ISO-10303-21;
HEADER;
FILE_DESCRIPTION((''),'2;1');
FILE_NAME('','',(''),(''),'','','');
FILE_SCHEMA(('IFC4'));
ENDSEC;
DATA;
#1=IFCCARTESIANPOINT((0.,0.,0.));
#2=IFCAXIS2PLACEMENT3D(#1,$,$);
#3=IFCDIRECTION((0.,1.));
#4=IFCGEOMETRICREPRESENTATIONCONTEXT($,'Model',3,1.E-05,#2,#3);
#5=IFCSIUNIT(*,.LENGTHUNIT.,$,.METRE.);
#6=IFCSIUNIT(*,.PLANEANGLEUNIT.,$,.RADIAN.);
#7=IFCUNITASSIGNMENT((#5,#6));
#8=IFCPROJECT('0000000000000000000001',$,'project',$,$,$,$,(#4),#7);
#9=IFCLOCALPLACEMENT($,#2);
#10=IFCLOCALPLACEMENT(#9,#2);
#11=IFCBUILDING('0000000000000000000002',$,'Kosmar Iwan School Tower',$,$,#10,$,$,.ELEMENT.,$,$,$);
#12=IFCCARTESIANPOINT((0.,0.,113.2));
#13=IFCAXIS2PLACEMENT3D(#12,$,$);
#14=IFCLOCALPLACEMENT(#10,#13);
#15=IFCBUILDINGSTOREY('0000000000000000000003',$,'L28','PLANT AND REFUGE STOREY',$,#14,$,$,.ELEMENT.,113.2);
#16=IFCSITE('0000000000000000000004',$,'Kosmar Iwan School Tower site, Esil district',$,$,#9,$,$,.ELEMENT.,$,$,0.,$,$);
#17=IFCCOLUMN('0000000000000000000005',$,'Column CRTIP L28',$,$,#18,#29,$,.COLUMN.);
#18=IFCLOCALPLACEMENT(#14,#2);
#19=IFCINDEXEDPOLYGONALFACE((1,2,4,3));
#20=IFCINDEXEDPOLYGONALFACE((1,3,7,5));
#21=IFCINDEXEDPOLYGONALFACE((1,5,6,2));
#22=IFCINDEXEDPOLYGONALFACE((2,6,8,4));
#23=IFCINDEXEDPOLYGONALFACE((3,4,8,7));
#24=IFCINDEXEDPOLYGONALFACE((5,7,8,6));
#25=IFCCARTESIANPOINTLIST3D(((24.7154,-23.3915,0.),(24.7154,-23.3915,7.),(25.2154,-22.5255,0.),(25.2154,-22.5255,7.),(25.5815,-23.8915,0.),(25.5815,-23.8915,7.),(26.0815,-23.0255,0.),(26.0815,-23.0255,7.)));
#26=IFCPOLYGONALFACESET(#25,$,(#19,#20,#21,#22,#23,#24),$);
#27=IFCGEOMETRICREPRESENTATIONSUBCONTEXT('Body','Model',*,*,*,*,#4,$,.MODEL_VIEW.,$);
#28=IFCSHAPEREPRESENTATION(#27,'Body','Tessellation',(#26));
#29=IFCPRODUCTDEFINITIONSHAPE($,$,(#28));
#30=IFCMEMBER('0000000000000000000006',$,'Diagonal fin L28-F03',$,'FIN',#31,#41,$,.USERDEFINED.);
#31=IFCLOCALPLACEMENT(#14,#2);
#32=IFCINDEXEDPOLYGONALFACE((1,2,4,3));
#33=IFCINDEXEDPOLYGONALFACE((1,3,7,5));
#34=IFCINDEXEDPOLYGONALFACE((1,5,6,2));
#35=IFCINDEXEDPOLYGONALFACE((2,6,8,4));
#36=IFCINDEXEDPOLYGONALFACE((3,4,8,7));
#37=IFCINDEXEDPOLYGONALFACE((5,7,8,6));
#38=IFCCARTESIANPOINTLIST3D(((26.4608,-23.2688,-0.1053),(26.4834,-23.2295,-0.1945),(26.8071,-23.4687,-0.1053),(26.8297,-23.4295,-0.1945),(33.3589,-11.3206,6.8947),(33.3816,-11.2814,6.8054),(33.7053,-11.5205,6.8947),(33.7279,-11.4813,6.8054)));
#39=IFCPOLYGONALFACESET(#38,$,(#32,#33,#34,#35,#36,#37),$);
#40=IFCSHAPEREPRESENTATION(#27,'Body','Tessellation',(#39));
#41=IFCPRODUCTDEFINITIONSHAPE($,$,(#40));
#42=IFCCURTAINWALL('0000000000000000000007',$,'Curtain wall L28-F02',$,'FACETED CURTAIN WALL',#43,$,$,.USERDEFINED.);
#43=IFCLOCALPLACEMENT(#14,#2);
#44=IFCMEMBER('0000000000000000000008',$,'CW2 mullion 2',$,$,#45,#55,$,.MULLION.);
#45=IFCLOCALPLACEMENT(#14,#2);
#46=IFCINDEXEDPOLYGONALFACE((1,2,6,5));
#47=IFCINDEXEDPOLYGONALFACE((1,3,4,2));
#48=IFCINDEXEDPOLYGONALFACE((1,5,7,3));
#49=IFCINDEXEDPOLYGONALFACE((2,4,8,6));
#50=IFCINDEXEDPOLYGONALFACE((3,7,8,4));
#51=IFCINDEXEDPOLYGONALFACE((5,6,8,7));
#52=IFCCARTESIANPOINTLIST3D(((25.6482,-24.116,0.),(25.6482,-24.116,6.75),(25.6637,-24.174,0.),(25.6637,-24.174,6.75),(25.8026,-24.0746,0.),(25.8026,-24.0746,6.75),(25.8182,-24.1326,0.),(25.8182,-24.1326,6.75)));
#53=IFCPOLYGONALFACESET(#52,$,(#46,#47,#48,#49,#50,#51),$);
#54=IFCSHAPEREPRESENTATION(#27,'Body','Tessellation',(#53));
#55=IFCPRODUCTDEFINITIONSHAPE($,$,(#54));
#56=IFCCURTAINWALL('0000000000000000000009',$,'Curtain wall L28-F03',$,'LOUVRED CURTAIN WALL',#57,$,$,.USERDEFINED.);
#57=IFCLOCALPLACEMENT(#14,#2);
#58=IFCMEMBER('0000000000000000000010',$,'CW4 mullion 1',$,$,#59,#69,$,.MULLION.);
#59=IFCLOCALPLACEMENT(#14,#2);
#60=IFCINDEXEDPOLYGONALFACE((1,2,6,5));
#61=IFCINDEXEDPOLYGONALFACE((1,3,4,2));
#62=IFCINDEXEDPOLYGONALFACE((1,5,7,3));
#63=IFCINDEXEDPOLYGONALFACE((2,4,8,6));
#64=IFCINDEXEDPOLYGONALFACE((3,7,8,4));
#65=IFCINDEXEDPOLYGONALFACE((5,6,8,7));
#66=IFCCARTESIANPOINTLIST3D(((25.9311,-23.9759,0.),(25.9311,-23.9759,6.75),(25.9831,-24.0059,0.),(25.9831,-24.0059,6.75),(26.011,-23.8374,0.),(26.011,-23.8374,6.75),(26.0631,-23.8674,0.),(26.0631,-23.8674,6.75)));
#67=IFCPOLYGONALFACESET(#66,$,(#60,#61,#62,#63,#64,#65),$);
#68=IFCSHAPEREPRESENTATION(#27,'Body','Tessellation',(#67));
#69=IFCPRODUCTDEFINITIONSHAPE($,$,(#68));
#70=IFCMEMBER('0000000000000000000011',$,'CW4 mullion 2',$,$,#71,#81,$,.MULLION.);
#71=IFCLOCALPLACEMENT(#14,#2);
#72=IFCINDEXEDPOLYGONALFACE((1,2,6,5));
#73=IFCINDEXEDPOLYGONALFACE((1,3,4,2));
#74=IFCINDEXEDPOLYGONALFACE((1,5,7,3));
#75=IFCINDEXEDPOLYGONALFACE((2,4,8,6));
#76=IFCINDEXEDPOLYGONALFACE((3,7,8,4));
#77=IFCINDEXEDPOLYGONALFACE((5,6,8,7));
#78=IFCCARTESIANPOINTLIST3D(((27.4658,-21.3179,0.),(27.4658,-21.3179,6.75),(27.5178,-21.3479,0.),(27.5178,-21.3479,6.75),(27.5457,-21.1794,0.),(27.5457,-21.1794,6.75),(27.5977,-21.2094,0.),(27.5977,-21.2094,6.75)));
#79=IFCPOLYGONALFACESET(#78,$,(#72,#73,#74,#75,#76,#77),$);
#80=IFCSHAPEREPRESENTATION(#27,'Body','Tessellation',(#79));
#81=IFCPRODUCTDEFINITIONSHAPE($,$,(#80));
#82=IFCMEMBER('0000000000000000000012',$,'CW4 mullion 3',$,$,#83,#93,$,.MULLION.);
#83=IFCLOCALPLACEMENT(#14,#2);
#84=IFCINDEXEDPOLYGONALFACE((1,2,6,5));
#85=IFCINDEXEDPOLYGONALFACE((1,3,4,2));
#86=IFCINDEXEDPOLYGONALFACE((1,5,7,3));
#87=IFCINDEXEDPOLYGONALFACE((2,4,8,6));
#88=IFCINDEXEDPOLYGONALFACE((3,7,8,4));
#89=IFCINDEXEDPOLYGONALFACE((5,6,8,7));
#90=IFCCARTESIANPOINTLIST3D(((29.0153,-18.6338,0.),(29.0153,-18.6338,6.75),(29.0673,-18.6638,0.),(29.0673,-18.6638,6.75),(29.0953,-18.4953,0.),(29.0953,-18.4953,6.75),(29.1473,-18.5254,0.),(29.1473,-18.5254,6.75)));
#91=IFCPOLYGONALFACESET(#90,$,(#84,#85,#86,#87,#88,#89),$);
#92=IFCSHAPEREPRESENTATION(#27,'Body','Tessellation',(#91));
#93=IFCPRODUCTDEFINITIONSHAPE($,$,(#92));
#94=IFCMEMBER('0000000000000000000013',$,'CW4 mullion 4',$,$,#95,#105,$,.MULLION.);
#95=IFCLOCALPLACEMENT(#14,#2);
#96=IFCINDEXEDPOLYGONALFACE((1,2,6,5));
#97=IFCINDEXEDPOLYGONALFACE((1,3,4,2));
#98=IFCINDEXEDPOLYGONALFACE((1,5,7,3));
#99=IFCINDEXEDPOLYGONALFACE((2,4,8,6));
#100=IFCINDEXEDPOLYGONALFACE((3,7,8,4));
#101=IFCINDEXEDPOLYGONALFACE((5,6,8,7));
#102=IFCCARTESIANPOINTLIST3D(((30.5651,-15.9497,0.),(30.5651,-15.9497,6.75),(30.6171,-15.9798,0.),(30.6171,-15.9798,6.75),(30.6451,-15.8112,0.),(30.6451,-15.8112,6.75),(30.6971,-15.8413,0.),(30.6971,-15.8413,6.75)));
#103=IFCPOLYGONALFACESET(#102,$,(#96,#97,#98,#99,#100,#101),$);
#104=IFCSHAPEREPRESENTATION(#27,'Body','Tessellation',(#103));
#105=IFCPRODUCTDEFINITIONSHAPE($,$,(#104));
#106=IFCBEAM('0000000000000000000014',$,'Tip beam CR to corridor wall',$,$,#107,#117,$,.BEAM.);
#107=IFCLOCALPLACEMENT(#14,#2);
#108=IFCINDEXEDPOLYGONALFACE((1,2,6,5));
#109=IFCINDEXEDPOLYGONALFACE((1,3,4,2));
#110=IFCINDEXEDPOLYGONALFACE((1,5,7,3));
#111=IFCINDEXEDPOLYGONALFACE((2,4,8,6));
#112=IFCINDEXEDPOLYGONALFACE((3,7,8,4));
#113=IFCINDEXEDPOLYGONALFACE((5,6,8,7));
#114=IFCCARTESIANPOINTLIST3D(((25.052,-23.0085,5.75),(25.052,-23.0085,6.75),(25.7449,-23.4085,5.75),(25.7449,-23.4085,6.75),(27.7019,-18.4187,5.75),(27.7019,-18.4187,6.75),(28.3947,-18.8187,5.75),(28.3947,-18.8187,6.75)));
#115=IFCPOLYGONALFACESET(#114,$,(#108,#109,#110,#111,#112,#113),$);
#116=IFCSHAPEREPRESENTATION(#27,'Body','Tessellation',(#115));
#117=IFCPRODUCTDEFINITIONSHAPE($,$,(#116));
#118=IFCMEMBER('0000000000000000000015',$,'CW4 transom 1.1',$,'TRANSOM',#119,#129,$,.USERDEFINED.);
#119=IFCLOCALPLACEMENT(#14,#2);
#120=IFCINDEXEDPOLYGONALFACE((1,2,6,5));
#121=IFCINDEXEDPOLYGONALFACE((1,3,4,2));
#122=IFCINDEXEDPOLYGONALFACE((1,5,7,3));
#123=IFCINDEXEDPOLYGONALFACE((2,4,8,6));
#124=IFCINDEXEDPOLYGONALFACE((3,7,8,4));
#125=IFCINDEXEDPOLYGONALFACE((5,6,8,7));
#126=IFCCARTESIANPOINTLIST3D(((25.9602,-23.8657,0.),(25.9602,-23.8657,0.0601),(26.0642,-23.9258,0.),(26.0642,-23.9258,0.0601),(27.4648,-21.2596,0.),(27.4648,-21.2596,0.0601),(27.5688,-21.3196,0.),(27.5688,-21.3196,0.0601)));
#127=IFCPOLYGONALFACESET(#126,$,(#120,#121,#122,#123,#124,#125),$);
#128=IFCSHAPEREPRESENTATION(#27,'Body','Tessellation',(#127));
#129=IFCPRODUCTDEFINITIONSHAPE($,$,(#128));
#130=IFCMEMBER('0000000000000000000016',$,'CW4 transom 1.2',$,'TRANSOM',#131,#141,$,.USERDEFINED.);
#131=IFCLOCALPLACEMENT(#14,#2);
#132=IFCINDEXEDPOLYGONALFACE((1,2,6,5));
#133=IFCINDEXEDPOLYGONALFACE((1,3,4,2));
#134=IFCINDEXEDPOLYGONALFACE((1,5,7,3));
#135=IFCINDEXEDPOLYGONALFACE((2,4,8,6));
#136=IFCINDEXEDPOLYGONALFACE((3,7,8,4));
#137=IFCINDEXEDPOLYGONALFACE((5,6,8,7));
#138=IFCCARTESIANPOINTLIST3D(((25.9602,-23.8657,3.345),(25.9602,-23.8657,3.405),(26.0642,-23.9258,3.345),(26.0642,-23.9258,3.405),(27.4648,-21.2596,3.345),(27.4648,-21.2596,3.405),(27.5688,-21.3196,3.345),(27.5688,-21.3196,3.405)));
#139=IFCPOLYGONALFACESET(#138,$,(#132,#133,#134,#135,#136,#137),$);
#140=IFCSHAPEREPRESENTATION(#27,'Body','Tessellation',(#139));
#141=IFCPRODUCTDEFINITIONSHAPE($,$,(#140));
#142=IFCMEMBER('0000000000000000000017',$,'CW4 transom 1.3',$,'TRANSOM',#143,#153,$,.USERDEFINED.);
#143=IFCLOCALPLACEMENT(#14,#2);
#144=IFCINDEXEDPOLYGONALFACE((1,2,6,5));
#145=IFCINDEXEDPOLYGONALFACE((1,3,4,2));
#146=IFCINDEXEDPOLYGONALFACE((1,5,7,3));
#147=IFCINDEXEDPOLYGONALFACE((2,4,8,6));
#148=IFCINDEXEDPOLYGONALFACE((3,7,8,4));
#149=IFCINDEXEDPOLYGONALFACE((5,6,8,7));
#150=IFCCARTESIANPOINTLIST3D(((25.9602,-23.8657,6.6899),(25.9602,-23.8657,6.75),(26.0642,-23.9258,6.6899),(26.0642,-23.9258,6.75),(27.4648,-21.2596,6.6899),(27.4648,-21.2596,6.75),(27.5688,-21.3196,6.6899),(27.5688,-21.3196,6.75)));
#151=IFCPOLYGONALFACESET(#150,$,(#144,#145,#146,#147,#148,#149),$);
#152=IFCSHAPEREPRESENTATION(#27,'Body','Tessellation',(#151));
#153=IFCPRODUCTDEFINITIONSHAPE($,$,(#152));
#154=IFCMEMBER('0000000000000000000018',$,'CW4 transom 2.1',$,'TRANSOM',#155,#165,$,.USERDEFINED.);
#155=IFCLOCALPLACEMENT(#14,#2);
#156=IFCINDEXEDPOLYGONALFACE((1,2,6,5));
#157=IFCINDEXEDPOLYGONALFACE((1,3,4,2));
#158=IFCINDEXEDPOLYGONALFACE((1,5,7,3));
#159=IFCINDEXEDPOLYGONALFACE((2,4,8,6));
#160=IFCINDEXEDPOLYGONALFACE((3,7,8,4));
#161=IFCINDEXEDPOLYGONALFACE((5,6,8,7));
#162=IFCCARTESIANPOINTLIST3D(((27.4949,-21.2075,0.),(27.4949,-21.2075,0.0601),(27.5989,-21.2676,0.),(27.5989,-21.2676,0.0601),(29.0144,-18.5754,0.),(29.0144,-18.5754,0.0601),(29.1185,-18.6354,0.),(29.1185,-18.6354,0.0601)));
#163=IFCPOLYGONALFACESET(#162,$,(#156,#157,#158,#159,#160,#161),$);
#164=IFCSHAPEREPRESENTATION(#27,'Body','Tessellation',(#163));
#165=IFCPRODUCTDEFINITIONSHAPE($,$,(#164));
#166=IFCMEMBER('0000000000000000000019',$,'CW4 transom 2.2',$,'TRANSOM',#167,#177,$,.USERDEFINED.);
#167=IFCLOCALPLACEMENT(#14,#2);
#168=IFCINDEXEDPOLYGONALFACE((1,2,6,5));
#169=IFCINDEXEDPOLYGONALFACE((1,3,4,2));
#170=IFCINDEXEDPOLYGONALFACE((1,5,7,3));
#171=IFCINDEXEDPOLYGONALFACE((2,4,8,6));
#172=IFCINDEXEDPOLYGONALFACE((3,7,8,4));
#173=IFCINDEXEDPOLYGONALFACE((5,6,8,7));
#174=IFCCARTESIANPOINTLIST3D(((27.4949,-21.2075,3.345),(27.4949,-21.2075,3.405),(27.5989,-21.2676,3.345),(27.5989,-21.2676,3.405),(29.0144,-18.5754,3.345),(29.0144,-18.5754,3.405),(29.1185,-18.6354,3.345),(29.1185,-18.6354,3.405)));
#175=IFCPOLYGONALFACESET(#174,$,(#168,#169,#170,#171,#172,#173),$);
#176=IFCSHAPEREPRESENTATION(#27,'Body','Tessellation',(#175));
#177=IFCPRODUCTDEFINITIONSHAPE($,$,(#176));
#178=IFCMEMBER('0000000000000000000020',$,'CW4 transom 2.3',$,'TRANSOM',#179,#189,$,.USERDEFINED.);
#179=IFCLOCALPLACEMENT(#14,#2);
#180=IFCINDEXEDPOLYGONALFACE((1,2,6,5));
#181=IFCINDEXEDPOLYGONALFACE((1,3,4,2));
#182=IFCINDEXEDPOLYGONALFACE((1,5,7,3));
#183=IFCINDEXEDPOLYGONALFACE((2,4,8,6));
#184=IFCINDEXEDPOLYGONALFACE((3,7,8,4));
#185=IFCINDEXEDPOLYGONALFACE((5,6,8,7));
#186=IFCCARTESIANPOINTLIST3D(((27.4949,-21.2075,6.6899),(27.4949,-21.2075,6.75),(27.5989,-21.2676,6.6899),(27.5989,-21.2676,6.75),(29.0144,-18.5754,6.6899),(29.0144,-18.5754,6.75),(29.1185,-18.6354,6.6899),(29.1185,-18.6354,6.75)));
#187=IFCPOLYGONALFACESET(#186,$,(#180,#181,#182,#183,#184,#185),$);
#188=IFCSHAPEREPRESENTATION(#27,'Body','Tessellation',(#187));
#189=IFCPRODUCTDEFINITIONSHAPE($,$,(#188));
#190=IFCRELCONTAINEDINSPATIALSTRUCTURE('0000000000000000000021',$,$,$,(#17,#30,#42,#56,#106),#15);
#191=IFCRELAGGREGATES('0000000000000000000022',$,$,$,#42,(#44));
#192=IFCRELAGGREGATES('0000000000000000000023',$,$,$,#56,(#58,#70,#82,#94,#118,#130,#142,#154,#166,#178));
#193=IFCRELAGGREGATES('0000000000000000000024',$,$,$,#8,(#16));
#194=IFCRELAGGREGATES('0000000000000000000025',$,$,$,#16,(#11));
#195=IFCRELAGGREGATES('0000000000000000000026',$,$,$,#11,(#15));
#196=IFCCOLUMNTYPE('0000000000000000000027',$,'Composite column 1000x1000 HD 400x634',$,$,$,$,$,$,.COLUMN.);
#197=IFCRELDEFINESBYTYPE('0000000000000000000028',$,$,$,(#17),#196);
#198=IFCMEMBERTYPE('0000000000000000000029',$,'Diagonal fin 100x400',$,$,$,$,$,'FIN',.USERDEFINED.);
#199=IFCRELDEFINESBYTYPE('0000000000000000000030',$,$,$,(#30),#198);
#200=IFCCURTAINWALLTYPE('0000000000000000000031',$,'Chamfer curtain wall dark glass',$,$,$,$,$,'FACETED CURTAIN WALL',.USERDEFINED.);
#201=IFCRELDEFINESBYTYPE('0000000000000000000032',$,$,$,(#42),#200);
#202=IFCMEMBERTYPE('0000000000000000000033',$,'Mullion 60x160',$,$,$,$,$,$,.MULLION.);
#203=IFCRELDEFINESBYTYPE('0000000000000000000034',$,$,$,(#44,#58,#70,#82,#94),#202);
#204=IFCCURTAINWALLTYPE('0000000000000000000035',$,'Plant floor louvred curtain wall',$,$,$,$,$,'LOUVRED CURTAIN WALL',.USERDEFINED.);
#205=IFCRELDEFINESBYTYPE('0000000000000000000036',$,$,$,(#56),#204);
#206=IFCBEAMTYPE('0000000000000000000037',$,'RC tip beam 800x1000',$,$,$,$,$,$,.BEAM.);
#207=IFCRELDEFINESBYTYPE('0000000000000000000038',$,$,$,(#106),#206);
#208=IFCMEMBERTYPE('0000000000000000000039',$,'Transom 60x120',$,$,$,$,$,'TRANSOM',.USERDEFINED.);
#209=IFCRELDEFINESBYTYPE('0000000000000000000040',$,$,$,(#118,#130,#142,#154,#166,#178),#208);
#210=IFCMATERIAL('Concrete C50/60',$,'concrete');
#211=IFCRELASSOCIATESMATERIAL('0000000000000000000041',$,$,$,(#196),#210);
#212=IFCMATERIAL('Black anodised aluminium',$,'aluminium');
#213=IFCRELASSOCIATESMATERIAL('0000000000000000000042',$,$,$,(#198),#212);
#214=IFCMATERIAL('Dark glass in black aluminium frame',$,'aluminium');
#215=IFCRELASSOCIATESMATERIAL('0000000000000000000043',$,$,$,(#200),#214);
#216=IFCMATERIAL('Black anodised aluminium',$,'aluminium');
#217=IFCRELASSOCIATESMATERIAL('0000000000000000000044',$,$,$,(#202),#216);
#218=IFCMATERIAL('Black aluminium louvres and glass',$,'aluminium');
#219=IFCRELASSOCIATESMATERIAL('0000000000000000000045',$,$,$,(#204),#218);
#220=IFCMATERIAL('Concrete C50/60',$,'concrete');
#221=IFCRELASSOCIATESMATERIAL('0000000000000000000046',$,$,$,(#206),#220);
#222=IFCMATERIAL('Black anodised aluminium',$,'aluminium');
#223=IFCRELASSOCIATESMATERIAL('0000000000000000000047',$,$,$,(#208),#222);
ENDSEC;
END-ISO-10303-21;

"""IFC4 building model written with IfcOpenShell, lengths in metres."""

from ifc_helpers import new_model, si_unit, direction, frame, origin, origin_2d, place, context, subcontext, project, spatial, rectangle, extrude, material, material_profile, profile_set, type_object, element, aggregate, save


model = new_model("IFC4")

# Units and contexts
model_context = context("Model", 3, precision=1e-05, world=origin(), true_north=direction((0.0, 1.0)))
body_context = subcontext(model_context, "Body", "Model", "MODEL_VIEW")
ifc_project = project(units=[si_unit("LENGTHUNIT", "METRE"), si_unit("PLANEANGLEUNIT", "RADIAN")], contexts=[model_context])

# Site, building, storey
site_placement = place(None, origin())
site = spatial("IfcSite", under=ifc_project, at=site_placement, Name="Kosmar Iwan School Tower site, Esil district", CompositionType="ELEMENT", RefElevation=0.0)
building_placement = place(site_placement, origin())
building = spatial("IfcBuilding", under=site, at=building_placement, Name="Kosmar Iwan School Tower", CompositionType="ELEMENT")
storey_placement = place(building_placement, frame((0.0, 0.0, 113.2)))
storey = spatial("IfcBuildingStorey", under=building, at=storey_placement, Name="L28", Description="PLANT AND REFUGE STOREY", CompositionType="ELEMENT", Elevation=113.2)

# Column
ifc_material_1 = material(Name="Concrete C50/60", Category="concrete")
ifc_material_profile_1 = material_profile(ifc_material_1, rectangle(XDim=1.0, YDim=1.0, at=origin_2d()), Name="RC 1000x1000 + HD 400x634")
ifc_profile_set_1 = profile_set([ifc_material_profile_1], Name="Concrete C50/60")
column_type = type_object("IfcColumnType", Name="Composite column 1000x1000 HD 400x634", PredefinedType="COLUMN", material=ifc_profile_set_1)
column_placement = place(storey_placement, frame((25.3984, -23.2085, 0.0), z_axis=(0.0, 0.0, 1.0), x_axis=(0.866025, -0.5, 0.0)))
element("IfcColumn", 1, at=column_placement, inside=storey, type_object=column_type, Name="Column CRTIP L28", PredefinedType="COLUMN", context=body_context, shape_type="SweptSolid", body=[
    extrude(rectangle(XDim=1.0, YDim=1.0, at=origin_2d()), origin(), (0.0, 0.0, 1.0), 7.0),
])

# Member
ifc_material_2 = material(Name="Black anodised aluminium", Category="aluminium")
ifc_material_profile_2 = material_profile(ifc_material_2, rectangle(XDim=0.1001, YDim=0.3999, at=origin_2d()), Name="FIN 100x400")
ifc_profile_set_2 = profile_set([ifc_material_profile_2], Name="Black anodised aluminium")
member_type_1 = type_object("IfcMemberType", Name="Diagonal fin 100x400", ElementType="FIN", PredefinedType="USERDEFINED", material=ifc_profile_set_2)
member_1_placement = place(storey_placement, frame((26.6453, -23.3491, -0.1499), z_axis=(0.445885, 0.772309, 0.452465), x_axis=(-0.22623, -0.391848, 0.891782)))
element("IfcMember", 2, at=member_1_placement, inside=storey, type_object=member_type_1, Name="Diagonal fin L28-F03", ObjectType="FIN", PredefinedType="USERDEFINED", context=body_context, shape_type="SweptSolid", body=[
    extrude(rectangle(XDim=0.1001, YDim=0.3999, at=origin_2d()), origin(), (0.0, 0.0, 1.0), 15.4707),
])

# Curtain wall, member
ifc_material_3 = material(Name="Dark glass in black aluminium frame", Category="aluminium")
curtain_wall_type_1 = type_object("IfcCurtainWallType", Name="Chamfer curtain wall dark glass", ElementType="FACETED CURTAIN WALL", PredefinedType="USERDEFINED", material=ifc_material_3)
curtain_wall_1_placement = place(storey_placement, origin())
curtain_wall_1 = element("IfcCurtainWall", 3, at=curtain_wall_1_placement, inside=storey, type_object=curtain_wall_type_1, Name="Curtain wall L28-F02", ObjectType="FACETED CURTAIN WALL", PredefinedType="USERDEFINED")
ifc_material_4 = material(Name="Black anodised aluminium", Category="aluminium")
ifc_material_profile_3 = material_profile(ifc_material_4, rectangle(XDim=0.0601, YDim=0.1599, at=origin_2d()), Name="MULLION 60x160")
ifc_profile_set_3 = profile_set([ifc_material_profile_3], Name="Black anodised aluminium")
member_type_2 = type_object("IfcMemberType", Name="Mullion 60x160", PredefinedType="MULLION", material=ifc_profile_set_3)
member_2_placement = place(storey_placement, frame((25.7332, -24.1243, 0.0), z_axis=(0.0, 0.0, 1.0), x_axis=(-0.258819, 0.965926, 0.0)))
member_2 = element("IfcMember", 4, at=member_2_placement, type_object=member_type_2, Name="CW2 mullion 2", PredefinedType="MULLION", context=body_context, shape_type="SweptSolid", body=[
    extrude(rectangle(XDim=0.0601, YDim=0.1599, at=origin_2d()), origin(), (0.0, 0.0, 1.0), 6.75),
])
aggregate(curtain_wall_1, [member_2])

# Curtain wall, members
ifc_material_5 = material(Name="Black aluminium louvres and glass", Category="aluminium")
curtain_wall_type_2 = type_object("IfcCurtainWallType", Name="Plant floor louvred curtain wall", ElementType="LOUVRED CURTAIN WALL", PredefinedType="USERDEFINED", material=ifc_material_5)
curtain_wall_2_placement = place(storey_placement, origin())
curtain_wall_2 = element("IfcCurtainWall", 5, at=curtain_wall_2_placement, inside=storey, type_object=curtain_wall_type_2, Name="Curtain wall L28-F03", ObjectType="LOUVRED CURTAIN WALL", PredefinedType="USERDEFINED")
member_3_placement = place(storey_placement, frame((25.9971, -23.9216, 0.0), z_axis=(0.0, 0.0, 1.0), x_axis=(-0.866025, 0.5, 0.0)))
member_3 = element("IfcMember", 6, at=member_3_placement, type_object=member_type_2, Name="CW4 mullion 1", PredefinedType="MULLION", context=body_context, shape_type="SweptSolid", body=[
    extrude(rectangle(XDim=0.0601, YDim=0.1599, at=origin_2d()), origin(), (0.0, 0.0, 1.0), 6.75),
])
member_4_placement = place(storey_placement, frame((27.5317, -21.2637, 0.0), z_axis=(0.0, 0.0, 1.0), x_axis=(-0.866025, 0.5, 0.0)))
member_4 = element("IfcMember", 7, at=member_4_placement, type_object=member_type_2, Name="CW4 mullion 2", PredefinedType="MULLION", context=body_context, shape_type="SweptSolid", body=[
    extrude(rectangle(XDim=0.0601, YDim=0.1599, at=origin_2d()), origin(), (0.0, 0.0, 1.0), 6.75),
])
member_5_placement = place(storey_placement, frame((29.0813, -18.5796, 0.0), z_axis=(0.0, 0.0, 1.0), x_axis=(-0.866025, 0.5, 0.0)))
member_5 = element("IfcMember", 8, at=member_5_placement, type_object=member_type_2, Name="CW4 mullion 3", PredefinedType="MULLION", context=body_context, shape_type="SweptSolid", body=[
    extrude(rectangle(XDim=0.0601, YDim=0.1599, at=origin_2d()), origin(), (0.0, 0.0, 1.0), 6.75),
])
member_6_placement = place(storey_placement, frame((30.6311, -15.8955, 0.0), z_axis=(0.0, 0.0, 1.0), x_axis=(-0.866025, 0.5, 0.0)))
member_6 = element("IfcMember", 9, at=member_6_placement, type_object=member_type_2, Name="CW4 mullion 4", PredefinedType="MULLION", context=body_context, shape_type="SweptSolid", body=[
    extrude(rectangle(XDim=0.0601, YDim=0.1599, at=origin_2d()), origin(), (0.0, 0.0, 1.0), 6.75),
])

# Beam
ifc_material_6 = material(Name="Concrete C50/60", Category="concrete")
ifc_material_profile_4 = material_profile(ifc_material_6, rectangle(XDim=0.8, YDim=1.0, at=origin_2d()), Name="RC 800x1000")
ifc_profile_set_4 = profile_set([ifc_material_profile_4], Name="Concrete C50/60")
beam_type = type_object("IfcBeamType", Name="RC tip beam 800x1000", PredefinedType="BEAM", material=ifc_profile_set_4)
beam_placement = place(storey_placement, frame((25.3984, -23.2085, 6.25), z_axis=(0.499994, 0.866029, 0.0), x_axis=(-0.866029, 0.499994, 0.0)))
element("IfcBeam", 10, at=beam_placement, inside=storey, type_object=beam_type, Name="Tip beam CR to corridor wall", PredefinedType="BEAM", context=body_context, shape_type="SweptSolid", body=[
    extrude(rectangle(XDim=0.8, YDim=1.0, at=origin_2d()), origin(), (0.0, 0.0, 1.0), 5.2998),
])

# Members
ifc_material_7 = material(Name="Black anodised aluminium", Category="aluminium")
ifc_material_profile_5 = material_profile(ifc_material_7, rectangle(XDim=0.1201, YDim=0.0601, at=origin_2d()), Name="TRANSOM 60x120")
ifc_profile_set_5 = profile_set([ifc_material_profile_5], Name="Black anodised aluminium")
member_type_3 = type_object("IfcMemberType", Name="Transom 60x120", ElementType="TRANSOM", PredefinedType="USERDEFINED", material=ifc_profile_set_5)
member_7_placement = place(storey_placement, frame((26.0122, -23.8958, 0.03), z_axis=(0.499987, 0.866033, 0.0), x_axis=(-0.866033, 0.499987, 0.0)))
member_7 = element("IfcMember", 11, at=member_7_placement, type_object=member_type_3, Name="CW4 transom 1.1", ObjectType="TRANSOM", PredefinedType="USERDEFINED", context=body_context, shape_type="SweptSolid", body=[
    extrude(rectangle(XDim=0.1201, YDim=0.0601, at=origin_2d()), origin(), (0.0, 0.0, 1.0), 3.0093),
])
member_8_placement = place(storey_placement, frame((26.0122, -23.8958, 3.375), z_axis=(0.499987, 0.866033, 0.0), x_axis=(-0.866033, 0.499987, 0.0)))
member_8 = element("IfcMember", 12, at=member_8_placement, type_object=member_type_3, Name="CW4 transom 1.2", ObjectType="TRANSOM", PredefinedType="USERDEFINED", context=body_context, shape_type="SweptSolid", body=[
    extrude(rectangle(XDim=0.1201, YDim=0.0601, at=origin_2d()), origin(), (0.0, 0.0, 1.0), 3.0093),
])
member_9_placement = place(storey_placement, frame((26.0122, -23.8958, 6.72), z_axis=(0.499987, 0.866033, 0.0), x_axis=(-0.866033, 0.499987, 0.0)))
member_9 = element("IfcMember", 13, at=member_9_placement, type_object=member_type_3, Name="CW4 transom 1.3", ObjectType="TRANSOM", PredefinedType="USERDEFINED", context=body_context, shape_type="SweptSolid", body=[
    extrude(rectangle(XDim=0.1201, YDim=0.0601, at=origin_2d()), origin(), (0.0, 0.0, 1.0), 3.0093),
])
member_10_placement = place(storey_placement, frame((27.5469, -21.2375, 0.03), z_axis=(0.499975, 0.86604, 0.0), x_axis=(-0.86604, 0.499975, 0.0)))
member_10 = element("IfcMember", 14, at=member_10_placement, type_object=member_type_3, Name="CW4 transom 2.1", ObjectType="TRANSOM", PredefinedType="USERDEFINED", context=body_context, shape_type="SweptSolid", body=[
    extrude(rectangle(XDim=0.1201, YDim=0.0601, at=origin_2d()), origin(), (0.0, 0.0, 1.0), 3.0393),
])
member_11_placement = place(storey_placement, frame((27.5469, -21.2375, 3.375), z_axis=(0.499975, 0.86604, 0.0), x_axis=(-0.86604, 0.499975, 0.0)))
member_11 = element("IfcMember", 15, at=member_11_placement, type_object=member_type_3, Name="CW4 transom 2.2", ObjectType="TRANSOM", PredefinedType="USERDEFINED", context=body_context, shape_type="SweptSolid", body=[
    extrude(rectangle(XDim=0.1201, YDim=0.0601, at=origin_2d()), origin(), (0.0, 0.0, 1.0), 3.0393),
])
member_12_placement = place(storey_placement, frame((27.5469, -21.2375, 6.72), z_axis=(0.499975, 0.86604, 0.0), x_axis=(-0.86604, 0.499975, 0.0)))
member_12 = element("IfcMember", 16, at=member_12_placement, type_object=member_type_3, Name="CW4 transom 2.3", ObjectType="TRANSOM", PredefinedType="USERDEFINED", context=body_context, shape_type="SweptSolid", body=[
    extrude(rectangle(XDim=0.1201, YDim=0.0601, at=origin_2d()), origin(), (0.0, 0.0, 1.0), 3.0393),
])

aggregate(curtain_wall_2, [member_3, member_4, member_5, member_6, member_7, member_8, member_9, member_10, member_11, member_12])

save(model, "model.ifc")
